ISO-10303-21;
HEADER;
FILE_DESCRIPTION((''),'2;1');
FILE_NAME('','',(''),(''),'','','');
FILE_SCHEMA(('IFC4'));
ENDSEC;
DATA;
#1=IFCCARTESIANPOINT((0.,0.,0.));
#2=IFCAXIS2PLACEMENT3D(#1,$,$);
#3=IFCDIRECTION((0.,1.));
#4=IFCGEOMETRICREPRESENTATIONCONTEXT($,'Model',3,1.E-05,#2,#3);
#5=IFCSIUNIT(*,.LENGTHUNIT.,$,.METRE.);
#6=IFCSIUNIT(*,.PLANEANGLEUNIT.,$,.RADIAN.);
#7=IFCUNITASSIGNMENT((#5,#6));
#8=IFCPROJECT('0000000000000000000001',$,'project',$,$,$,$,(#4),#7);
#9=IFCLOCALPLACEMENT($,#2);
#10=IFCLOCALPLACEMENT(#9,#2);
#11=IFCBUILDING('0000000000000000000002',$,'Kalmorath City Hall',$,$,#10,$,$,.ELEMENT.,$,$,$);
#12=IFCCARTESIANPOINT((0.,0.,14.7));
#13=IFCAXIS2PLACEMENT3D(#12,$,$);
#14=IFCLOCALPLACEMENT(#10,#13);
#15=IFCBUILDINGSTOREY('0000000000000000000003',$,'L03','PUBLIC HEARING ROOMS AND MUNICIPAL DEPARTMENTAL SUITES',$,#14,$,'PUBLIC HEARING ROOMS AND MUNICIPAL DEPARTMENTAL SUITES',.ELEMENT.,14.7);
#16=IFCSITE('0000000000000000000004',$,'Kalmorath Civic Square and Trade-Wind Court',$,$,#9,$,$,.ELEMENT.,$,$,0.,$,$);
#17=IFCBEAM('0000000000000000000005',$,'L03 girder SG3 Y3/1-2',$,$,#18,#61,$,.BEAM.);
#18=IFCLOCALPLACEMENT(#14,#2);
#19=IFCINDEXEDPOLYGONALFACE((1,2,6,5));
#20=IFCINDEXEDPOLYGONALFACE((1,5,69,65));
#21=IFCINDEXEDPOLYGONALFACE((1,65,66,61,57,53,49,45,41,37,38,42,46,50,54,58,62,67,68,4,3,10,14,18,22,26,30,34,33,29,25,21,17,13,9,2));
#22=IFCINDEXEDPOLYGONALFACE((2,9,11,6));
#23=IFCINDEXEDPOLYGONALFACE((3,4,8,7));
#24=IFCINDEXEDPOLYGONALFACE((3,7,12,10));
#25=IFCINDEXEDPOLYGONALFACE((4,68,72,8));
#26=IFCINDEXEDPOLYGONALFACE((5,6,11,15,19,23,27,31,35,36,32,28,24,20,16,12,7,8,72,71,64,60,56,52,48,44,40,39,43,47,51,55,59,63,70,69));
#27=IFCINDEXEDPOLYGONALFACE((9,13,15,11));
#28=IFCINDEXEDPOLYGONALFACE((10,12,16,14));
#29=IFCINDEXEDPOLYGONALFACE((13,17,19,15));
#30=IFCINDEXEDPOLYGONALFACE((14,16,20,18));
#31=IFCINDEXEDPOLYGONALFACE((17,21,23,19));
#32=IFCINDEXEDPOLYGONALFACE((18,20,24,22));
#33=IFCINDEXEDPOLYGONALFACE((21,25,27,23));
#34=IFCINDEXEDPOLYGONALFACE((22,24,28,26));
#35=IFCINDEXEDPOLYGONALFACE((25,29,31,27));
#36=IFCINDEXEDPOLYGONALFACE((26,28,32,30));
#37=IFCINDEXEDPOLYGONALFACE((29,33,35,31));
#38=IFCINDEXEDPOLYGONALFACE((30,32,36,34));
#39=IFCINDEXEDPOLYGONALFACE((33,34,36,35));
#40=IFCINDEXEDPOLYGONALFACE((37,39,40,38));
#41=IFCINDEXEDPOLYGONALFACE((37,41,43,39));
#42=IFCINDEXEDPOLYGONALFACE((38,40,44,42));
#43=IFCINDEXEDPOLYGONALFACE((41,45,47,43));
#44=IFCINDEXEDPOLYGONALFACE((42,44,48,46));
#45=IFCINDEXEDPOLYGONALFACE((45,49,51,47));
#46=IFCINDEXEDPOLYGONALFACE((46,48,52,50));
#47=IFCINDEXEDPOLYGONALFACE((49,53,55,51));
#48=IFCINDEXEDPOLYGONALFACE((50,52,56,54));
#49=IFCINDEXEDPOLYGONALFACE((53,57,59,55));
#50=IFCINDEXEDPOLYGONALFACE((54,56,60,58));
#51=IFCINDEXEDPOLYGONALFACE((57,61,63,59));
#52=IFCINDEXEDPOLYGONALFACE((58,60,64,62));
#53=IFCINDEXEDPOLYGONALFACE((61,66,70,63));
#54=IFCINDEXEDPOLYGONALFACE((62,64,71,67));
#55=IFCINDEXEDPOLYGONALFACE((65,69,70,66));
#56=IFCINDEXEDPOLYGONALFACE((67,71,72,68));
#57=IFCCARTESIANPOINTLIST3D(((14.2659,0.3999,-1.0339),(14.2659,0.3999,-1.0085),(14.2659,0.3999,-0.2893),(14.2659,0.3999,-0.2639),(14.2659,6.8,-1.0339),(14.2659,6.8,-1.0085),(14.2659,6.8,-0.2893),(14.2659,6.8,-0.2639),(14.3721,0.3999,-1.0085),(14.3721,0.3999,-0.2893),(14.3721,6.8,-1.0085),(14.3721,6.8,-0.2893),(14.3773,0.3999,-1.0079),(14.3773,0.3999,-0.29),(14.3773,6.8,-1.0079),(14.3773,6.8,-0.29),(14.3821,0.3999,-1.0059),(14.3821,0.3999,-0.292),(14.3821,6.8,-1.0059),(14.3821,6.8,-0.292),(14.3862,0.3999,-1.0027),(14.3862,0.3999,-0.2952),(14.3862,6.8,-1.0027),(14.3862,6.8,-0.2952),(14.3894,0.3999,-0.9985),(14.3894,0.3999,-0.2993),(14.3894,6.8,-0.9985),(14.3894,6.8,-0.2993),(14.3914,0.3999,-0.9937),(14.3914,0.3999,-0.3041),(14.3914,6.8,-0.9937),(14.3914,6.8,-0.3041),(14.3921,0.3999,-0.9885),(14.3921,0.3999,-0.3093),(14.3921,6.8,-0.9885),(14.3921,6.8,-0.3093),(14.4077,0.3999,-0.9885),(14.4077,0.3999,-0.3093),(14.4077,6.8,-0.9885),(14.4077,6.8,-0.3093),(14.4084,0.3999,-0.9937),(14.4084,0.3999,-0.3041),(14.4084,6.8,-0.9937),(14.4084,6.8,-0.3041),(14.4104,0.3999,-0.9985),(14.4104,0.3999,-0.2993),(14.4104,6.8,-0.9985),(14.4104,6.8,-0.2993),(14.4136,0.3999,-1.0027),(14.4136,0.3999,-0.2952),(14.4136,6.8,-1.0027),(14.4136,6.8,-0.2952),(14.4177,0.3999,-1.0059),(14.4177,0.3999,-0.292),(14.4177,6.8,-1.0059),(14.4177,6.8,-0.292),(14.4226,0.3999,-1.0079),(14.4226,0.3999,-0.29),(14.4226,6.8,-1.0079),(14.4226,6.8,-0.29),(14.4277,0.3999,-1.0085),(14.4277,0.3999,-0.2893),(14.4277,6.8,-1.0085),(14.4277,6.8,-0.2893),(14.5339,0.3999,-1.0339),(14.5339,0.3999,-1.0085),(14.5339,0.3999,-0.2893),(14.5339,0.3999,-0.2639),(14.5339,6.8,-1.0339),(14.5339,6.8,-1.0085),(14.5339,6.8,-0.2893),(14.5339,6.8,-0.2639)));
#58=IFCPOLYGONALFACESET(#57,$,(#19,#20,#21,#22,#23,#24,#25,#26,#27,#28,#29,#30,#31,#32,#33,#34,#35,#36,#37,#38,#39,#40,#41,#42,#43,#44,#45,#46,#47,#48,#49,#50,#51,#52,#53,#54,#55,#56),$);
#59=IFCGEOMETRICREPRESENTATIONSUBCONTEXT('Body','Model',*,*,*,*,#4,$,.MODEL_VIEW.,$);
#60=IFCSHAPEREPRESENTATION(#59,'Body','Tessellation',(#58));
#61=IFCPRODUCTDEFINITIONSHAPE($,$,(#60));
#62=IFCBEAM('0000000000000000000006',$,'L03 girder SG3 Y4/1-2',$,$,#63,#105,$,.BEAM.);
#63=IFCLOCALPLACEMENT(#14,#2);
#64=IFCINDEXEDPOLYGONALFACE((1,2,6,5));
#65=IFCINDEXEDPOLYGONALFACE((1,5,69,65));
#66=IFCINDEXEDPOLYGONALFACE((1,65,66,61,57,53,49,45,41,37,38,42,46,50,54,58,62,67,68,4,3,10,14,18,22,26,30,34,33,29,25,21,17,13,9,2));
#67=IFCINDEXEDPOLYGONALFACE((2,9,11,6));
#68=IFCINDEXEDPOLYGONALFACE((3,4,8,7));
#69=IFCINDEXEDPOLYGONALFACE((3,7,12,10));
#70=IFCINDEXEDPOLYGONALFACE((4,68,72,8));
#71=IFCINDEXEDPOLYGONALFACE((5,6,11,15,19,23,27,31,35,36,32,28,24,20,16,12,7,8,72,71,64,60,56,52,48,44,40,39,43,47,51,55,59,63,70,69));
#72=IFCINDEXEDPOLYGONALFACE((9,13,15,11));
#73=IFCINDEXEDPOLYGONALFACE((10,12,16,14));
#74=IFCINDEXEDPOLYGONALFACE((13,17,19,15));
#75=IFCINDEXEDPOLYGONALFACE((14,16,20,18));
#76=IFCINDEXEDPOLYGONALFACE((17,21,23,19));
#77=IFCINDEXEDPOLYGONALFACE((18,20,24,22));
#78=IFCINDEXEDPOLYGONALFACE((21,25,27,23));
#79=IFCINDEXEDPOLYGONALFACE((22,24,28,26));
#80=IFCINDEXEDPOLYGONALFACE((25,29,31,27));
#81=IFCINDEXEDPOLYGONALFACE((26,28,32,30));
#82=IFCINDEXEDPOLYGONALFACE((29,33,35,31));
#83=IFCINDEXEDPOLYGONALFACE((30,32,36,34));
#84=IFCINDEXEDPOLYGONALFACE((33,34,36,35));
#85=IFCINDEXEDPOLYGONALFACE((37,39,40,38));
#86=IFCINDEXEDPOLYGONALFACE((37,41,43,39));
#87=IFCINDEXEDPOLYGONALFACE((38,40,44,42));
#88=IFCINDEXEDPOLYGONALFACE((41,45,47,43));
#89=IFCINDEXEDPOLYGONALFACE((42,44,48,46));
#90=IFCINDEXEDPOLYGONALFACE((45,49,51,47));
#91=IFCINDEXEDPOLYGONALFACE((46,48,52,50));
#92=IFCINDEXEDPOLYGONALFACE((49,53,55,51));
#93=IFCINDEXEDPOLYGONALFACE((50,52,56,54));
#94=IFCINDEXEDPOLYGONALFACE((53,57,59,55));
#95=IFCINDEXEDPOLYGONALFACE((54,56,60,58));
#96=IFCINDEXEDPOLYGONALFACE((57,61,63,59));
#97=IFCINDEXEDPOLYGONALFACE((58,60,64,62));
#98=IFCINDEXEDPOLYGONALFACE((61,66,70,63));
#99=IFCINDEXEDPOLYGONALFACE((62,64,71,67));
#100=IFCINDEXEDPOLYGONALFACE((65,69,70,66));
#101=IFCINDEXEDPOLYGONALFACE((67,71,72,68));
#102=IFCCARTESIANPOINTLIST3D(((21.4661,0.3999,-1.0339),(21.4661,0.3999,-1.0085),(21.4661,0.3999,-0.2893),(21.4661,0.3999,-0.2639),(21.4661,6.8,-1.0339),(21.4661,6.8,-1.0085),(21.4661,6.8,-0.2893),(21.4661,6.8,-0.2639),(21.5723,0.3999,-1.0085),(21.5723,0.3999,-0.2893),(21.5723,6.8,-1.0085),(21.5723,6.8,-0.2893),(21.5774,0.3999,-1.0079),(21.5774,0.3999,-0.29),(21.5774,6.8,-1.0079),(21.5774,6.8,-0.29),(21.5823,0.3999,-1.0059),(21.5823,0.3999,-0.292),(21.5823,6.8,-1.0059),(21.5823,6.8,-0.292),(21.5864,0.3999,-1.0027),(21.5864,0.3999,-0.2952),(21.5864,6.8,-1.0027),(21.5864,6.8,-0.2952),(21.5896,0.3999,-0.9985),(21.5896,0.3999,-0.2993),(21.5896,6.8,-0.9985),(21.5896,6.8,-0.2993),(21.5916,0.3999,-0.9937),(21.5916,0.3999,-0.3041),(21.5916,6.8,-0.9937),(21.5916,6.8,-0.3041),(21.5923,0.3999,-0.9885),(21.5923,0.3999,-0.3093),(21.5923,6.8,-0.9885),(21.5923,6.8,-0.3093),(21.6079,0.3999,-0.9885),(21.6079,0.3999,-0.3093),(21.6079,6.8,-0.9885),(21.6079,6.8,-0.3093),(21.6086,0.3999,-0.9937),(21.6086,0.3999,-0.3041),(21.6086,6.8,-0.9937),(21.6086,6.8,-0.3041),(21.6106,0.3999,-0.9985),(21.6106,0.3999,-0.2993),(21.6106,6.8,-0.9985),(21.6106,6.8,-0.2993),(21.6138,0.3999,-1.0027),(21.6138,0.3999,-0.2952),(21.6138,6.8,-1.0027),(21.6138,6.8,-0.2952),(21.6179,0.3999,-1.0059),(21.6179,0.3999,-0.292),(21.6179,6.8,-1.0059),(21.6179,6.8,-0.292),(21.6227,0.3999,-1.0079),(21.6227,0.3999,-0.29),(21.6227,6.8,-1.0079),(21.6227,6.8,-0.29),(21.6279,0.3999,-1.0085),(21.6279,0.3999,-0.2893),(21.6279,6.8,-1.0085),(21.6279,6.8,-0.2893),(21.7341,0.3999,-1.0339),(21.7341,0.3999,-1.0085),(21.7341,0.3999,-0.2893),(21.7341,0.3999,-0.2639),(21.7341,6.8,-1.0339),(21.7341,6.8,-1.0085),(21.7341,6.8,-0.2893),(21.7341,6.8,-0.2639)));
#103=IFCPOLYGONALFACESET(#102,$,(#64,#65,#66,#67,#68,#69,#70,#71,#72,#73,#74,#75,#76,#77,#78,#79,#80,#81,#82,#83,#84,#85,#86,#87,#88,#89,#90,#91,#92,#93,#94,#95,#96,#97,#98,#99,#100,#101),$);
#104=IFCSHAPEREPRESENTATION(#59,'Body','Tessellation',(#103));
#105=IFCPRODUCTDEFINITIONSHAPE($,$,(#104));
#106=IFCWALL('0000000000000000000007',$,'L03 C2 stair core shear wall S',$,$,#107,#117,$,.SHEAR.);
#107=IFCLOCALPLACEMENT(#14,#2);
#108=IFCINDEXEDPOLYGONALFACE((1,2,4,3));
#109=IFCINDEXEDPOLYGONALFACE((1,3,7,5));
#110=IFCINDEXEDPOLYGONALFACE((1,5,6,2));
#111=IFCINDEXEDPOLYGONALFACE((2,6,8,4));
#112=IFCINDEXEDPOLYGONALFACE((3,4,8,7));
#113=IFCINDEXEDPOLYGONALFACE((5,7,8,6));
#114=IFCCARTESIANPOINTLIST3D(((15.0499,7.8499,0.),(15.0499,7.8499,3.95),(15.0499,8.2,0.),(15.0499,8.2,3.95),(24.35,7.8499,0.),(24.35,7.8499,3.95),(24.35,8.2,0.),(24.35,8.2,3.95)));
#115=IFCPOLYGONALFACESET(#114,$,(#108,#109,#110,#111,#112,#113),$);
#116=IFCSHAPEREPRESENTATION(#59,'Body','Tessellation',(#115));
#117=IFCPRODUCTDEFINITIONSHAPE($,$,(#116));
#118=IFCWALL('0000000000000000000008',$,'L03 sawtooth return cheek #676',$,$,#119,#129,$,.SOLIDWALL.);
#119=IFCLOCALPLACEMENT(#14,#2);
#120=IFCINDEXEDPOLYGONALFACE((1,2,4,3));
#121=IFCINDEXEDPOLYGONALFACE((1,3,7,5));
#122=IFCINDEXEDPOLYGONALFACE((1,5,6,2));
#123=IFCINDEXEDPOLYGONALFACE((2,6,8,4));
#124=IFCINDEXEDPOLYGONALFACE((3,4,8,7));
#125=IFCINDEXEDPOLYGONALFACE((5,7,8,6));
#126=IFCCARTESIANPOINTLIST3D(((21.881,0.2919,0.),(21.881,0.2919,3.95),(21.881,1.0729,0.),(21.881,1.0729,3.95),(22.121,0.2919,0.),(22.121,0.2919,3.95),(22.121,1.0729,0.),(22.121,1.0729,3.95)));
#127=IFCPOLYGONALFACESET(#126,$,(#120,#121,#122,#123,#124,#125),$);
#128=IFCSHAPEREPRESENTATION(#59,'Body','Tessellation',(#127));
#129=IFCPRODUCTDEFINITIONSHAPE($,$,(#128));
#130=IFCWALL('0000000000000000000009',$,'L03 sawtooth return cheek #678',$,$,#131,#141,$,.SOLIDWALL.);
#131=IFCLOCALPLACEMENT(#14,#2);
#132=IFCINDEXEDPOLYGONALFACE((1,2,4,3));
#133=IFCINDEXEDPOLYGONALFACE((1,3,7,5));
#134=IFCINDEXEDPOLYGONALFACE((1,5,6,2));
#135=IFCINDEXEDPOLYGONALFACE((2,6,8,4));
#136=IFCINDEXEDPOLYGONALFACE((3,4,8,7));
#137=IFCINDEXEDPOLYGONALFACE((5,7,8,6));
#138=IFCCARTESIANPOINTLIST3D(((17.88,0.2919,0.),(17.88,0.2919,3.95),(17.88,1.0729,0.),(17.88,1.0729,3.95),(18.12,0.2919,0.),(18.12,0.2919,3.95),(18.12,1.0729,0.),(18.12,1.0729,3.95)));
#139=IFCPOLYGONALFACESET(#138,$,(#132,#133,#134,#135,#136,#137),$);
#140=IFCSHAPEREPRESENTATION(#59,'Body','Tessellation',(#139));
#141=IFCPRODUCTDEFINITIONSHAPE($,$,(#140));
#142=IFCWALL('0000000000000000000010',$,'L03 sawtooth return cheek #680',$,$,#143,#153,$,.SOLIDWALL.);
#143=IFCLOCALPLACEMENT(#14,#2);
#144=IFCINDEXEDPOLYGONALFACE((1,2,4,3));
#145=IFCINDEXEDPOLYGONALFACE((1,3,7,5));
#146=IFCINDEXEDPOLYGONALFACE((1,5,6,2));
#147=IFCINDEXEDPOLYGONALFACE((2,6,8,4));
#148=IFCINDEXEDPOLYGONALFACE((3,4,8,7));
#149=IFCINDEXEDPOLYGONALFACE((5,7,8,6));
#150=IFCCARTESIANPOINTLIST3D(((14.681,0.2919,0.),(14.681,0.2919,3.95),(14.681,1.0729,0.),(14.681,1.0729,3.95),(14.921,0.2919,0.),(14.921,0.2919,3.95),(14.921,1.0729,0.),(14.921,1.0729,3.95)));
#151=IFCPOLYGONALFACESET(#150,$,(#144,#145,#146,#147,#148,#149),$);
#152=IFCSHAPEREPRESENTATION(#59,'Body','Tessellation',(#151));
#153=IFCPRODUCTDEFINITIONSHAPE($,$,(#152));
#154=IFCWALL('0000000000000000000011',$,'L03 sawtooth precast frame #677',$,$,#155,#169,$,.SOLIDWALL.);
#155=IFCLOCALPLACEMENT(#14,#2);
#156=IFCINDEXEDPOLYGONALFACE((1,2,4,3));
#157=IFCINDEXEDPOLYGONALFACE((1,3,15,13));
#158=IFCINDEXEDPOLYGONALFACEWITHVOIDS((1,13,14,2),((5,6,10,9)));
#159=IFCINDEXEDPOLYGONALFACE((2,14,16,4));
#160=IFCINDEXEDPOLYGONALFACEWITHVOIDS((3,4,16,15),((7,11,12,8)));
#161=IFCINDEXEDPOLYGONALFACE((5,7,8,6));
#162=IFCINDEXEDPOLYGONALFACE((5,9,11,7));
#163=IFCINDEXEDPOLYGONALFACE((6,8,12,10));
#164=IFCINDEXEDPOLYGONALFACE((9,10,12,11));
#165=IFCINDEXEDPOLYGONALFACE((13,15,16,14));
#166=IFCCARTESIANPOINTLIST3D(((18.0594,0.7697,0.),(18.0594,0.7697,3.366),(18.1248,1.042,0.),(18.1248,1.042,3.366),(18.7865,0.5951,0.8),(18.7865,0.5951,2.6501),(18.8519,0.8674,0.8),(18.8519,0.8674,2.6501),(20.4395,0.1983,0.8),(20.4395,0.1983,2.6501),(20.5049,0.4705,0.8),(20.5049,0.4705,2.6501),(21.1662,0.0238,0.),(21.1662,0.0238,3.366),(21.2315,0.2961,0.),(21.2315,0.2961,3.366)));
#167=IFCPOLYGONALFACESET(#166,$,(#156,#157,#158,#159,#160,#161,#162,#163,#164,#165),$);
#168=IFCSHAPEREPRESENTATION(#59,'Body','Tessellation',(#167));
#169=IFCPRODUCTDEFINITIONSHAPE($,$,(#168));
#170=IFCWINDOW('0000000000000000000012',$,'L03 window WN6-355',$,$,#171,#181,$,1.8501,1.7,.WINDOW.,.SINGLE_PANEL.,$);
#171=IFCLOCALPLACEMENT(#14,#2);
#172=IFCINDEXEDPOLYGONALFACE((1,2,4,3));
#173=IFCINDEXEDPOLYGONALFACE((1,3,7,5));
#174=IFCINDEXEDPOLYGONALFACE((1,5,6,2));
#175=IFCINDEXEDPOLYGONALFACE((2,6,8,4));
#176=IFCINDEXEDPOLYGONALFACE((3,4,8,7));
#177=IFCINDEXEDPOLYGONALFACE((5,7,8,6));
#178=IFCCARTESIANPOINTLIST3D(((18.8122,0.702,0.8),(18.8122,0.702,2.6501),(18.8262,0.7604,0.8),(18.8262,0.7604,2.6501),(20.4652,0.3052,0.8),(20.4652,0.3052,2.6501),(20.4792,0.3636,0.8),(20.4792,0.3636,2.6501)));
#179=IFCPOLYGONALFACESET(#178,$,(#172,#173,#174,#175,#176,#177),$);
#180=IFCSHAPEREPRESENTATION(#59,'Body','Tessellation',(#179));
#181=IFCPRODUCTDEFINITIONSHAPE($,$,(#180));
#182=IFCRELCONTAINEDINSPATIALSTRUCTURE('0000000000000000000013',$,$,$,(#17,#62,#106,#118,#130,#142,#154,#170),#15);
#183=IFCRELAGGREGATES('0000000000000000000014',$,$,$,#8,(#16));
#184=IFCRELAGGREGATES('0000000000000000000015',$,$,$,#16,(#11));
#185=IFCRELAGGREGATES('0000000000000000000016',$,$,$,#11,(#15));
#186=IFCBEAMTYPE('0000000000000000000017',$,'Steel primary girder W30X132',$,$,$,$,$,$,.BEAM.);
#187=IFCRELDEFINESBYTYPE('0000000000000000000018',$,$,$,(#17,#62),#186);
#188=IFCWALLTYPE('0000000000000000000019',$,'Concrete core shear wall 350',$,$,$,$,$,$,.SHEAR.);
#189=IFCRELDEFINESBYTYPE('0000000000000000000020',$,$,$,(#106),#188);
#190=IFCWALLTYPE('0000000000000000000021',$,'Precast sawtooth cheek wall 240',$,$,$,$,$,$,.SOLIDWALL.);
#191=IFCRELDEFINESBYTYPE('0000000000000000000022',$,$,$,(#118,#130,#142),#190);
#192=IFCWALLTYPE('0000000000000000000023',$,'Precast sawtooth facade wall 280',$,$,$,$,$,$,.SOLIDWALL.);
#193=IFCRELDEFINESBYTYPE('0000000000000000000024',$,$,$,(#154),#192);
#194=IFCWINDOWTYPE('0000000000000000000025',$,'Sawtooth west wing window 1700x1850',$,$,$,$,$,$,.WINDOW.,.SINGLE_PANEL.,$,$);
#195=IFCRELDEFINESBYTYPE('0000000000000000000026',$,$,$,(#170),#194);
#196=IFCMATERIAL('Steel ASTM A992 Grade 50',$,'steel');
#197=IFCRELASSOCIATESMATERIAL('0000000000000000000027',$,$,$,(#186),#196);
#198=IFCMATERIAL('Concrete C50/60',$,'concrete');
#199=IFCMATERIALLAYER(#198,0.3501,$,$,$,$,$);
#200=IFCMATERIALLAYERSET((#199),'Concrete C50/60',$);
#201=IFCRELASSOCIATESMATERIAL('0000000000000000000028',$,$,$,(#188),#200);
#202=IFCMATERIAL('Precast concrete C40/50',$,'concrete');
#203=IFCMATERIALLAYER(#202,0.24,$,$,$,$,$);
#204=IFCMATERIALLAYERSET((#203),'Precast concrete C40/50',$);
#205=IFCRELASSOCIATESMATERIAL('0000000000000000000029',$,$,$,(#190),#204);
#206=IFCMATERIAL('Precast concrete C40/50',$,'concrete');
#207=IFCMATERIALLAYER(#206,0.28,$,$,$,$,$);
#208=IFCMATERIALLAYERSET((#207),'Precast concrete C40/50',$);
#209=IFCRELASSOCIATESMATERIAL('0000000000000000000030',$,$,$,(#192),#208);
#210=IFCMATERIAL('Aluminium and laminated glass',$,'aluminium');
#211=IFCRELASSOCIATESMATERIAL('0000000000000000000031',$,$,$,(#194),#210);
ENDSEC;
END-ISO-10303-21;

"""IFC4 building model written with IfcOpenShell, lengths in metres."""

from ifc_helpers import new_model, si_unit, direction, frame, frame_2d, origin, origin_2d, place, context, subcontext, project, spatial, rectangle, i_section, extrude, material, layer, layer_set, material_profile, profile_set, type_object, element, fill, save


model = new_model("IFC4")

# Units and contexts
model_context = context("Model", 3, precision=1e-05, world=origin(), true_north=direction((0.0, 1.0)))
body_context = subcontext(model_context, "Body", "Model", "MODEL_VIEW")
ifc_project = project(units=[si_unit("LENGTHUNIT", "METRE"), si_unit("PLANEANGLEUNIT", "RADIAN")], contexts=[model_context])

# Site, building, storey
site_placement = place(None, origin())
site = spatial("IfcSite", under=ifc_project, at=site_placement, Name="Kalmorath Civic Square and Trade-Wind Court", CompositionType="ELEMENT", RefElevation=0.0)
building_placement = place(site_placement, origin())
building = spatial("IfcBuilding", under=site, at=building_placement, Name="Kalmorath City Hall", CompositionType="ELEMENT")
storey_placement = place(building_placement, frame((0.0, 0.0, 14.7)))
storey = spatial("IfcBuildingStorey", under=building, at=storey_placement, Name="L03", Description="PUBLIC HEARING ROOMS AND MUNICIPAL DEPARTMENTAL SUITES", LongName="PUBLIC HEARING ROOMS AND MUNICIPAL DEPARTMENTAL SUITES", CompositionType="ELEMENT", Elevation=14.7)

# Beams
ifc_material_1 = material(Name="Steel ASTM A992 Grade 50", Category="steel")
ifc_material_profile_1 = material_profile(ifc_material_1, i_section(OverallWidth=0.2681, OverallDepth=0.77, WebThickness=0.0156, FlangeThickness=0.0254, FilletRadius=0.02, at=origin_2d()), Name="W30X132")
ifc_profile_set_1 = profile_set([ifc_material_profile_1], Name="Steel ASTM A992 Grade 50")
beam_type_1 = type_object("IfcBeamType", Name="Steel primary girder W30X132", PredefinedType="BEAM", material=ifc_profile_set_1)
for number, where, z_axis, x_axis, name in (
    (1, (14.3999, 0.3999, -0.6489), (0.0, 1.0, 0.0), (-1.0, 0.0, 0.0), "L03 girder SG3 Y3/1-2"),
    (2, (21.6001, 0.3999, -0.6489), (0.0, 1.0, 0.0), (-1.0, 0.0, 0.0), "L03 girder SG3 Y4/1-2"),
):
    element("IfcBeam", number, at=place(storey_placement, frame(where, z_axis=z_axis, x_axis=x_axis)), inside=storey, type_object=beam_type_1, Name=name, PredefinedType="BEAM", context=body_context, shape_type="SweptSolid", body=[
        extrude(i_section(OverallWidth=0.2681, OverallDepth=0.77, WebThickness=0.0156, FlangeThickness=0.0254, FilletRadius=0.02, at=origin_2d()), origin(), (0.0, 0.0, 1.0), 6.4001),
    ])

# Walls
ifc_material_2 = material(Name="Concrete C50/60", Category="concrete")
ifc_layer_1 = layer(ifc_material_2, 0.3501)
ifc_layer_set_1 = layer_set([ifc_layer_1], Name="Concrete C50/60")
wall_type_1 = type_object("IfcWallType", Name="Concrete core shear wall 350", PredefinedType="SHEAR", material=ifc_layer_set_1)
wall_1_placement = place(storey_placement, frame((15.05, 8.0249, 0.0), z_axis=(0.0, 0.0, 1.0), x_axis=(1.0, 0.0, 0.0)))
element("IfcWall", 3, at=wall_1_placement, inside=storey, type_object=wall_type_1, Name="L03 C2 stair core shear wall S", PredefinedType="SHEAR", context=body_context, shape_type="SweptSolid", body=[
    extrude(rectangle(XDim=9.3, YDim=0.3501, at=frame_2d((4.6499, 0.0))), origin(), (0.0, 0.0, 1.0), 3.95),
])
ifc_material_3 = material(Name="Precast concrete C40/50", Category="concrete")
ifc_layer_2 = layer(ifc_material_3, 0.24)
ifc_layer_set_2 = layer_set([ifc_layer_2], Name="Precast concrete C40/50")
wall_type_2 = type_object("IfcWallType", Name="Precast sawtooth cheek wall 240", PredefinedType="SOLIDWALL", material=ifc_layer_set_2)
for number, where, z_axis, x_axis, name in (
    (4, (22.001, 1.073, 0.0), (0.0, 0.0, 1.0), (0.0, -1.0, 0.0), "L03 sawtooth return cheek #676"),
    (5, (18.0, 1.073, 0.0), (0.0, 0.0, 1.0), (0.0, -1.0, 0.0), "L03 sawtooth return cheek #678"),
    (6, (14.801, 1.073, 0.0), (0.0, 0.0, 1.0), (0.0, -1.0, 0.0), "L03 sawtooth return cheek #680"),
):
    element("IfcWall", number, at=place(storey_placement, frame(where, z_axis=z_axis, x_axis=x_axis)), inside=storey, type_object=wall_type_2, Name=name, PredefinedType="SOLIDWALL", context=body_context, shape_type="SweptSolid", body=[
        extrude(rectangle(XDim=0.781, YDim=0.24, at=frame_2d((0.3906, 0.0))), origin(), (0.0, 0.0, 1.0), 3.95),
    ])

# Wall, opening, window
ifc_material_4 = material(Name="Precast concrete C40/50", Category="concrete")
ifc_layer_3 = layer(ifc_material_4, 0.28)
ifc_layer_set_3 = layer_set([ifc_layer_3], Name="Precast concrete C40/50")
wall_type_3 = type_object("IfcWallType", Name="Precast sawtooth facade wall 280", PredefinedType="SOLIDWALL", material=ifc_layer_set_3)
wall_2_placement = place(storey_placement, frame((21.199, 0.1599, 0.0), z_axis=(0.0, 0.0, 1.0), x_axis=(-0.97237, 0.233445, 0.0)))
wall_2 = element("IfcWall", 7, at=wall_2_placement, inside=storey, type_object=wall_type_3, Name="L03 sawtooth precast frame #677", PredefinedType="SOLIDWALL", context=body_context, shape_type="SweptSolid", body=[
    extrude(rectangle(XDim=3.1951, YDim=0.28, at=frame_2d((1.5977, 0.0))), origin(), (0.0, 0.0, 1.0), 3.366),
])
opening_1_placement = place(wall_2_placement, frame((0.7473, 0.0, 0.8)))
opening_1 = element("IfcOpeningElement", 8, at=opening_1_placement, cuts=wall_2, PredefinedType="OPENING", context=body_context, shape_type="SweptSolid", body=[
    extrude(rectangle(XDim=1.7, YDim=1.8501, at=frame_2d((0.8501, 0.925))), frame((0.0, 0.1499, 0.0), z_axis=(0.0, -1.0, 0.0), x_axis=(1.0, 0.0, 0.0)), (0.0, 0.0, 1.0), 0.3),
])
ifc_material_5 = material(Name="Aluminium and laminated glass", Category="aluminium")
window_type_1 = type_object("IfcWindowType", Name="Sawtooth west wing window 1700x1850", PartitioningType="SINGLE_PANEL", PredefinedType="WINDOW", material=ifc_material_5)
window_1_placement = place(opening_1_placement, origin())
window_1 = element("IfcWindow", 9, at=window_1_placement, inside=storey, type_object=window_type_1, Name="L03 window WN6-355", OverallHeight=1.8501, OverallWidth=1.7, PartitioningType="SINGLE_PANEL", PredefinedType="WINDOW", context=body_context, shape_type="SweptSolid", body=[
    extrude(rectangle(XDim=1.7, YDim=1.8501, at=frame_2d((0.8501, 0.925))), frame((0.0, 0.03, 0.0), z_axis=(0.0, -1.0, 0.0), x_axis=(1.0, 0.0, 0.0)), (0.0, 0.0, 1.0), 0.0601),
])
fill(opening_1, window_1)

save(model, "model.ifc")
